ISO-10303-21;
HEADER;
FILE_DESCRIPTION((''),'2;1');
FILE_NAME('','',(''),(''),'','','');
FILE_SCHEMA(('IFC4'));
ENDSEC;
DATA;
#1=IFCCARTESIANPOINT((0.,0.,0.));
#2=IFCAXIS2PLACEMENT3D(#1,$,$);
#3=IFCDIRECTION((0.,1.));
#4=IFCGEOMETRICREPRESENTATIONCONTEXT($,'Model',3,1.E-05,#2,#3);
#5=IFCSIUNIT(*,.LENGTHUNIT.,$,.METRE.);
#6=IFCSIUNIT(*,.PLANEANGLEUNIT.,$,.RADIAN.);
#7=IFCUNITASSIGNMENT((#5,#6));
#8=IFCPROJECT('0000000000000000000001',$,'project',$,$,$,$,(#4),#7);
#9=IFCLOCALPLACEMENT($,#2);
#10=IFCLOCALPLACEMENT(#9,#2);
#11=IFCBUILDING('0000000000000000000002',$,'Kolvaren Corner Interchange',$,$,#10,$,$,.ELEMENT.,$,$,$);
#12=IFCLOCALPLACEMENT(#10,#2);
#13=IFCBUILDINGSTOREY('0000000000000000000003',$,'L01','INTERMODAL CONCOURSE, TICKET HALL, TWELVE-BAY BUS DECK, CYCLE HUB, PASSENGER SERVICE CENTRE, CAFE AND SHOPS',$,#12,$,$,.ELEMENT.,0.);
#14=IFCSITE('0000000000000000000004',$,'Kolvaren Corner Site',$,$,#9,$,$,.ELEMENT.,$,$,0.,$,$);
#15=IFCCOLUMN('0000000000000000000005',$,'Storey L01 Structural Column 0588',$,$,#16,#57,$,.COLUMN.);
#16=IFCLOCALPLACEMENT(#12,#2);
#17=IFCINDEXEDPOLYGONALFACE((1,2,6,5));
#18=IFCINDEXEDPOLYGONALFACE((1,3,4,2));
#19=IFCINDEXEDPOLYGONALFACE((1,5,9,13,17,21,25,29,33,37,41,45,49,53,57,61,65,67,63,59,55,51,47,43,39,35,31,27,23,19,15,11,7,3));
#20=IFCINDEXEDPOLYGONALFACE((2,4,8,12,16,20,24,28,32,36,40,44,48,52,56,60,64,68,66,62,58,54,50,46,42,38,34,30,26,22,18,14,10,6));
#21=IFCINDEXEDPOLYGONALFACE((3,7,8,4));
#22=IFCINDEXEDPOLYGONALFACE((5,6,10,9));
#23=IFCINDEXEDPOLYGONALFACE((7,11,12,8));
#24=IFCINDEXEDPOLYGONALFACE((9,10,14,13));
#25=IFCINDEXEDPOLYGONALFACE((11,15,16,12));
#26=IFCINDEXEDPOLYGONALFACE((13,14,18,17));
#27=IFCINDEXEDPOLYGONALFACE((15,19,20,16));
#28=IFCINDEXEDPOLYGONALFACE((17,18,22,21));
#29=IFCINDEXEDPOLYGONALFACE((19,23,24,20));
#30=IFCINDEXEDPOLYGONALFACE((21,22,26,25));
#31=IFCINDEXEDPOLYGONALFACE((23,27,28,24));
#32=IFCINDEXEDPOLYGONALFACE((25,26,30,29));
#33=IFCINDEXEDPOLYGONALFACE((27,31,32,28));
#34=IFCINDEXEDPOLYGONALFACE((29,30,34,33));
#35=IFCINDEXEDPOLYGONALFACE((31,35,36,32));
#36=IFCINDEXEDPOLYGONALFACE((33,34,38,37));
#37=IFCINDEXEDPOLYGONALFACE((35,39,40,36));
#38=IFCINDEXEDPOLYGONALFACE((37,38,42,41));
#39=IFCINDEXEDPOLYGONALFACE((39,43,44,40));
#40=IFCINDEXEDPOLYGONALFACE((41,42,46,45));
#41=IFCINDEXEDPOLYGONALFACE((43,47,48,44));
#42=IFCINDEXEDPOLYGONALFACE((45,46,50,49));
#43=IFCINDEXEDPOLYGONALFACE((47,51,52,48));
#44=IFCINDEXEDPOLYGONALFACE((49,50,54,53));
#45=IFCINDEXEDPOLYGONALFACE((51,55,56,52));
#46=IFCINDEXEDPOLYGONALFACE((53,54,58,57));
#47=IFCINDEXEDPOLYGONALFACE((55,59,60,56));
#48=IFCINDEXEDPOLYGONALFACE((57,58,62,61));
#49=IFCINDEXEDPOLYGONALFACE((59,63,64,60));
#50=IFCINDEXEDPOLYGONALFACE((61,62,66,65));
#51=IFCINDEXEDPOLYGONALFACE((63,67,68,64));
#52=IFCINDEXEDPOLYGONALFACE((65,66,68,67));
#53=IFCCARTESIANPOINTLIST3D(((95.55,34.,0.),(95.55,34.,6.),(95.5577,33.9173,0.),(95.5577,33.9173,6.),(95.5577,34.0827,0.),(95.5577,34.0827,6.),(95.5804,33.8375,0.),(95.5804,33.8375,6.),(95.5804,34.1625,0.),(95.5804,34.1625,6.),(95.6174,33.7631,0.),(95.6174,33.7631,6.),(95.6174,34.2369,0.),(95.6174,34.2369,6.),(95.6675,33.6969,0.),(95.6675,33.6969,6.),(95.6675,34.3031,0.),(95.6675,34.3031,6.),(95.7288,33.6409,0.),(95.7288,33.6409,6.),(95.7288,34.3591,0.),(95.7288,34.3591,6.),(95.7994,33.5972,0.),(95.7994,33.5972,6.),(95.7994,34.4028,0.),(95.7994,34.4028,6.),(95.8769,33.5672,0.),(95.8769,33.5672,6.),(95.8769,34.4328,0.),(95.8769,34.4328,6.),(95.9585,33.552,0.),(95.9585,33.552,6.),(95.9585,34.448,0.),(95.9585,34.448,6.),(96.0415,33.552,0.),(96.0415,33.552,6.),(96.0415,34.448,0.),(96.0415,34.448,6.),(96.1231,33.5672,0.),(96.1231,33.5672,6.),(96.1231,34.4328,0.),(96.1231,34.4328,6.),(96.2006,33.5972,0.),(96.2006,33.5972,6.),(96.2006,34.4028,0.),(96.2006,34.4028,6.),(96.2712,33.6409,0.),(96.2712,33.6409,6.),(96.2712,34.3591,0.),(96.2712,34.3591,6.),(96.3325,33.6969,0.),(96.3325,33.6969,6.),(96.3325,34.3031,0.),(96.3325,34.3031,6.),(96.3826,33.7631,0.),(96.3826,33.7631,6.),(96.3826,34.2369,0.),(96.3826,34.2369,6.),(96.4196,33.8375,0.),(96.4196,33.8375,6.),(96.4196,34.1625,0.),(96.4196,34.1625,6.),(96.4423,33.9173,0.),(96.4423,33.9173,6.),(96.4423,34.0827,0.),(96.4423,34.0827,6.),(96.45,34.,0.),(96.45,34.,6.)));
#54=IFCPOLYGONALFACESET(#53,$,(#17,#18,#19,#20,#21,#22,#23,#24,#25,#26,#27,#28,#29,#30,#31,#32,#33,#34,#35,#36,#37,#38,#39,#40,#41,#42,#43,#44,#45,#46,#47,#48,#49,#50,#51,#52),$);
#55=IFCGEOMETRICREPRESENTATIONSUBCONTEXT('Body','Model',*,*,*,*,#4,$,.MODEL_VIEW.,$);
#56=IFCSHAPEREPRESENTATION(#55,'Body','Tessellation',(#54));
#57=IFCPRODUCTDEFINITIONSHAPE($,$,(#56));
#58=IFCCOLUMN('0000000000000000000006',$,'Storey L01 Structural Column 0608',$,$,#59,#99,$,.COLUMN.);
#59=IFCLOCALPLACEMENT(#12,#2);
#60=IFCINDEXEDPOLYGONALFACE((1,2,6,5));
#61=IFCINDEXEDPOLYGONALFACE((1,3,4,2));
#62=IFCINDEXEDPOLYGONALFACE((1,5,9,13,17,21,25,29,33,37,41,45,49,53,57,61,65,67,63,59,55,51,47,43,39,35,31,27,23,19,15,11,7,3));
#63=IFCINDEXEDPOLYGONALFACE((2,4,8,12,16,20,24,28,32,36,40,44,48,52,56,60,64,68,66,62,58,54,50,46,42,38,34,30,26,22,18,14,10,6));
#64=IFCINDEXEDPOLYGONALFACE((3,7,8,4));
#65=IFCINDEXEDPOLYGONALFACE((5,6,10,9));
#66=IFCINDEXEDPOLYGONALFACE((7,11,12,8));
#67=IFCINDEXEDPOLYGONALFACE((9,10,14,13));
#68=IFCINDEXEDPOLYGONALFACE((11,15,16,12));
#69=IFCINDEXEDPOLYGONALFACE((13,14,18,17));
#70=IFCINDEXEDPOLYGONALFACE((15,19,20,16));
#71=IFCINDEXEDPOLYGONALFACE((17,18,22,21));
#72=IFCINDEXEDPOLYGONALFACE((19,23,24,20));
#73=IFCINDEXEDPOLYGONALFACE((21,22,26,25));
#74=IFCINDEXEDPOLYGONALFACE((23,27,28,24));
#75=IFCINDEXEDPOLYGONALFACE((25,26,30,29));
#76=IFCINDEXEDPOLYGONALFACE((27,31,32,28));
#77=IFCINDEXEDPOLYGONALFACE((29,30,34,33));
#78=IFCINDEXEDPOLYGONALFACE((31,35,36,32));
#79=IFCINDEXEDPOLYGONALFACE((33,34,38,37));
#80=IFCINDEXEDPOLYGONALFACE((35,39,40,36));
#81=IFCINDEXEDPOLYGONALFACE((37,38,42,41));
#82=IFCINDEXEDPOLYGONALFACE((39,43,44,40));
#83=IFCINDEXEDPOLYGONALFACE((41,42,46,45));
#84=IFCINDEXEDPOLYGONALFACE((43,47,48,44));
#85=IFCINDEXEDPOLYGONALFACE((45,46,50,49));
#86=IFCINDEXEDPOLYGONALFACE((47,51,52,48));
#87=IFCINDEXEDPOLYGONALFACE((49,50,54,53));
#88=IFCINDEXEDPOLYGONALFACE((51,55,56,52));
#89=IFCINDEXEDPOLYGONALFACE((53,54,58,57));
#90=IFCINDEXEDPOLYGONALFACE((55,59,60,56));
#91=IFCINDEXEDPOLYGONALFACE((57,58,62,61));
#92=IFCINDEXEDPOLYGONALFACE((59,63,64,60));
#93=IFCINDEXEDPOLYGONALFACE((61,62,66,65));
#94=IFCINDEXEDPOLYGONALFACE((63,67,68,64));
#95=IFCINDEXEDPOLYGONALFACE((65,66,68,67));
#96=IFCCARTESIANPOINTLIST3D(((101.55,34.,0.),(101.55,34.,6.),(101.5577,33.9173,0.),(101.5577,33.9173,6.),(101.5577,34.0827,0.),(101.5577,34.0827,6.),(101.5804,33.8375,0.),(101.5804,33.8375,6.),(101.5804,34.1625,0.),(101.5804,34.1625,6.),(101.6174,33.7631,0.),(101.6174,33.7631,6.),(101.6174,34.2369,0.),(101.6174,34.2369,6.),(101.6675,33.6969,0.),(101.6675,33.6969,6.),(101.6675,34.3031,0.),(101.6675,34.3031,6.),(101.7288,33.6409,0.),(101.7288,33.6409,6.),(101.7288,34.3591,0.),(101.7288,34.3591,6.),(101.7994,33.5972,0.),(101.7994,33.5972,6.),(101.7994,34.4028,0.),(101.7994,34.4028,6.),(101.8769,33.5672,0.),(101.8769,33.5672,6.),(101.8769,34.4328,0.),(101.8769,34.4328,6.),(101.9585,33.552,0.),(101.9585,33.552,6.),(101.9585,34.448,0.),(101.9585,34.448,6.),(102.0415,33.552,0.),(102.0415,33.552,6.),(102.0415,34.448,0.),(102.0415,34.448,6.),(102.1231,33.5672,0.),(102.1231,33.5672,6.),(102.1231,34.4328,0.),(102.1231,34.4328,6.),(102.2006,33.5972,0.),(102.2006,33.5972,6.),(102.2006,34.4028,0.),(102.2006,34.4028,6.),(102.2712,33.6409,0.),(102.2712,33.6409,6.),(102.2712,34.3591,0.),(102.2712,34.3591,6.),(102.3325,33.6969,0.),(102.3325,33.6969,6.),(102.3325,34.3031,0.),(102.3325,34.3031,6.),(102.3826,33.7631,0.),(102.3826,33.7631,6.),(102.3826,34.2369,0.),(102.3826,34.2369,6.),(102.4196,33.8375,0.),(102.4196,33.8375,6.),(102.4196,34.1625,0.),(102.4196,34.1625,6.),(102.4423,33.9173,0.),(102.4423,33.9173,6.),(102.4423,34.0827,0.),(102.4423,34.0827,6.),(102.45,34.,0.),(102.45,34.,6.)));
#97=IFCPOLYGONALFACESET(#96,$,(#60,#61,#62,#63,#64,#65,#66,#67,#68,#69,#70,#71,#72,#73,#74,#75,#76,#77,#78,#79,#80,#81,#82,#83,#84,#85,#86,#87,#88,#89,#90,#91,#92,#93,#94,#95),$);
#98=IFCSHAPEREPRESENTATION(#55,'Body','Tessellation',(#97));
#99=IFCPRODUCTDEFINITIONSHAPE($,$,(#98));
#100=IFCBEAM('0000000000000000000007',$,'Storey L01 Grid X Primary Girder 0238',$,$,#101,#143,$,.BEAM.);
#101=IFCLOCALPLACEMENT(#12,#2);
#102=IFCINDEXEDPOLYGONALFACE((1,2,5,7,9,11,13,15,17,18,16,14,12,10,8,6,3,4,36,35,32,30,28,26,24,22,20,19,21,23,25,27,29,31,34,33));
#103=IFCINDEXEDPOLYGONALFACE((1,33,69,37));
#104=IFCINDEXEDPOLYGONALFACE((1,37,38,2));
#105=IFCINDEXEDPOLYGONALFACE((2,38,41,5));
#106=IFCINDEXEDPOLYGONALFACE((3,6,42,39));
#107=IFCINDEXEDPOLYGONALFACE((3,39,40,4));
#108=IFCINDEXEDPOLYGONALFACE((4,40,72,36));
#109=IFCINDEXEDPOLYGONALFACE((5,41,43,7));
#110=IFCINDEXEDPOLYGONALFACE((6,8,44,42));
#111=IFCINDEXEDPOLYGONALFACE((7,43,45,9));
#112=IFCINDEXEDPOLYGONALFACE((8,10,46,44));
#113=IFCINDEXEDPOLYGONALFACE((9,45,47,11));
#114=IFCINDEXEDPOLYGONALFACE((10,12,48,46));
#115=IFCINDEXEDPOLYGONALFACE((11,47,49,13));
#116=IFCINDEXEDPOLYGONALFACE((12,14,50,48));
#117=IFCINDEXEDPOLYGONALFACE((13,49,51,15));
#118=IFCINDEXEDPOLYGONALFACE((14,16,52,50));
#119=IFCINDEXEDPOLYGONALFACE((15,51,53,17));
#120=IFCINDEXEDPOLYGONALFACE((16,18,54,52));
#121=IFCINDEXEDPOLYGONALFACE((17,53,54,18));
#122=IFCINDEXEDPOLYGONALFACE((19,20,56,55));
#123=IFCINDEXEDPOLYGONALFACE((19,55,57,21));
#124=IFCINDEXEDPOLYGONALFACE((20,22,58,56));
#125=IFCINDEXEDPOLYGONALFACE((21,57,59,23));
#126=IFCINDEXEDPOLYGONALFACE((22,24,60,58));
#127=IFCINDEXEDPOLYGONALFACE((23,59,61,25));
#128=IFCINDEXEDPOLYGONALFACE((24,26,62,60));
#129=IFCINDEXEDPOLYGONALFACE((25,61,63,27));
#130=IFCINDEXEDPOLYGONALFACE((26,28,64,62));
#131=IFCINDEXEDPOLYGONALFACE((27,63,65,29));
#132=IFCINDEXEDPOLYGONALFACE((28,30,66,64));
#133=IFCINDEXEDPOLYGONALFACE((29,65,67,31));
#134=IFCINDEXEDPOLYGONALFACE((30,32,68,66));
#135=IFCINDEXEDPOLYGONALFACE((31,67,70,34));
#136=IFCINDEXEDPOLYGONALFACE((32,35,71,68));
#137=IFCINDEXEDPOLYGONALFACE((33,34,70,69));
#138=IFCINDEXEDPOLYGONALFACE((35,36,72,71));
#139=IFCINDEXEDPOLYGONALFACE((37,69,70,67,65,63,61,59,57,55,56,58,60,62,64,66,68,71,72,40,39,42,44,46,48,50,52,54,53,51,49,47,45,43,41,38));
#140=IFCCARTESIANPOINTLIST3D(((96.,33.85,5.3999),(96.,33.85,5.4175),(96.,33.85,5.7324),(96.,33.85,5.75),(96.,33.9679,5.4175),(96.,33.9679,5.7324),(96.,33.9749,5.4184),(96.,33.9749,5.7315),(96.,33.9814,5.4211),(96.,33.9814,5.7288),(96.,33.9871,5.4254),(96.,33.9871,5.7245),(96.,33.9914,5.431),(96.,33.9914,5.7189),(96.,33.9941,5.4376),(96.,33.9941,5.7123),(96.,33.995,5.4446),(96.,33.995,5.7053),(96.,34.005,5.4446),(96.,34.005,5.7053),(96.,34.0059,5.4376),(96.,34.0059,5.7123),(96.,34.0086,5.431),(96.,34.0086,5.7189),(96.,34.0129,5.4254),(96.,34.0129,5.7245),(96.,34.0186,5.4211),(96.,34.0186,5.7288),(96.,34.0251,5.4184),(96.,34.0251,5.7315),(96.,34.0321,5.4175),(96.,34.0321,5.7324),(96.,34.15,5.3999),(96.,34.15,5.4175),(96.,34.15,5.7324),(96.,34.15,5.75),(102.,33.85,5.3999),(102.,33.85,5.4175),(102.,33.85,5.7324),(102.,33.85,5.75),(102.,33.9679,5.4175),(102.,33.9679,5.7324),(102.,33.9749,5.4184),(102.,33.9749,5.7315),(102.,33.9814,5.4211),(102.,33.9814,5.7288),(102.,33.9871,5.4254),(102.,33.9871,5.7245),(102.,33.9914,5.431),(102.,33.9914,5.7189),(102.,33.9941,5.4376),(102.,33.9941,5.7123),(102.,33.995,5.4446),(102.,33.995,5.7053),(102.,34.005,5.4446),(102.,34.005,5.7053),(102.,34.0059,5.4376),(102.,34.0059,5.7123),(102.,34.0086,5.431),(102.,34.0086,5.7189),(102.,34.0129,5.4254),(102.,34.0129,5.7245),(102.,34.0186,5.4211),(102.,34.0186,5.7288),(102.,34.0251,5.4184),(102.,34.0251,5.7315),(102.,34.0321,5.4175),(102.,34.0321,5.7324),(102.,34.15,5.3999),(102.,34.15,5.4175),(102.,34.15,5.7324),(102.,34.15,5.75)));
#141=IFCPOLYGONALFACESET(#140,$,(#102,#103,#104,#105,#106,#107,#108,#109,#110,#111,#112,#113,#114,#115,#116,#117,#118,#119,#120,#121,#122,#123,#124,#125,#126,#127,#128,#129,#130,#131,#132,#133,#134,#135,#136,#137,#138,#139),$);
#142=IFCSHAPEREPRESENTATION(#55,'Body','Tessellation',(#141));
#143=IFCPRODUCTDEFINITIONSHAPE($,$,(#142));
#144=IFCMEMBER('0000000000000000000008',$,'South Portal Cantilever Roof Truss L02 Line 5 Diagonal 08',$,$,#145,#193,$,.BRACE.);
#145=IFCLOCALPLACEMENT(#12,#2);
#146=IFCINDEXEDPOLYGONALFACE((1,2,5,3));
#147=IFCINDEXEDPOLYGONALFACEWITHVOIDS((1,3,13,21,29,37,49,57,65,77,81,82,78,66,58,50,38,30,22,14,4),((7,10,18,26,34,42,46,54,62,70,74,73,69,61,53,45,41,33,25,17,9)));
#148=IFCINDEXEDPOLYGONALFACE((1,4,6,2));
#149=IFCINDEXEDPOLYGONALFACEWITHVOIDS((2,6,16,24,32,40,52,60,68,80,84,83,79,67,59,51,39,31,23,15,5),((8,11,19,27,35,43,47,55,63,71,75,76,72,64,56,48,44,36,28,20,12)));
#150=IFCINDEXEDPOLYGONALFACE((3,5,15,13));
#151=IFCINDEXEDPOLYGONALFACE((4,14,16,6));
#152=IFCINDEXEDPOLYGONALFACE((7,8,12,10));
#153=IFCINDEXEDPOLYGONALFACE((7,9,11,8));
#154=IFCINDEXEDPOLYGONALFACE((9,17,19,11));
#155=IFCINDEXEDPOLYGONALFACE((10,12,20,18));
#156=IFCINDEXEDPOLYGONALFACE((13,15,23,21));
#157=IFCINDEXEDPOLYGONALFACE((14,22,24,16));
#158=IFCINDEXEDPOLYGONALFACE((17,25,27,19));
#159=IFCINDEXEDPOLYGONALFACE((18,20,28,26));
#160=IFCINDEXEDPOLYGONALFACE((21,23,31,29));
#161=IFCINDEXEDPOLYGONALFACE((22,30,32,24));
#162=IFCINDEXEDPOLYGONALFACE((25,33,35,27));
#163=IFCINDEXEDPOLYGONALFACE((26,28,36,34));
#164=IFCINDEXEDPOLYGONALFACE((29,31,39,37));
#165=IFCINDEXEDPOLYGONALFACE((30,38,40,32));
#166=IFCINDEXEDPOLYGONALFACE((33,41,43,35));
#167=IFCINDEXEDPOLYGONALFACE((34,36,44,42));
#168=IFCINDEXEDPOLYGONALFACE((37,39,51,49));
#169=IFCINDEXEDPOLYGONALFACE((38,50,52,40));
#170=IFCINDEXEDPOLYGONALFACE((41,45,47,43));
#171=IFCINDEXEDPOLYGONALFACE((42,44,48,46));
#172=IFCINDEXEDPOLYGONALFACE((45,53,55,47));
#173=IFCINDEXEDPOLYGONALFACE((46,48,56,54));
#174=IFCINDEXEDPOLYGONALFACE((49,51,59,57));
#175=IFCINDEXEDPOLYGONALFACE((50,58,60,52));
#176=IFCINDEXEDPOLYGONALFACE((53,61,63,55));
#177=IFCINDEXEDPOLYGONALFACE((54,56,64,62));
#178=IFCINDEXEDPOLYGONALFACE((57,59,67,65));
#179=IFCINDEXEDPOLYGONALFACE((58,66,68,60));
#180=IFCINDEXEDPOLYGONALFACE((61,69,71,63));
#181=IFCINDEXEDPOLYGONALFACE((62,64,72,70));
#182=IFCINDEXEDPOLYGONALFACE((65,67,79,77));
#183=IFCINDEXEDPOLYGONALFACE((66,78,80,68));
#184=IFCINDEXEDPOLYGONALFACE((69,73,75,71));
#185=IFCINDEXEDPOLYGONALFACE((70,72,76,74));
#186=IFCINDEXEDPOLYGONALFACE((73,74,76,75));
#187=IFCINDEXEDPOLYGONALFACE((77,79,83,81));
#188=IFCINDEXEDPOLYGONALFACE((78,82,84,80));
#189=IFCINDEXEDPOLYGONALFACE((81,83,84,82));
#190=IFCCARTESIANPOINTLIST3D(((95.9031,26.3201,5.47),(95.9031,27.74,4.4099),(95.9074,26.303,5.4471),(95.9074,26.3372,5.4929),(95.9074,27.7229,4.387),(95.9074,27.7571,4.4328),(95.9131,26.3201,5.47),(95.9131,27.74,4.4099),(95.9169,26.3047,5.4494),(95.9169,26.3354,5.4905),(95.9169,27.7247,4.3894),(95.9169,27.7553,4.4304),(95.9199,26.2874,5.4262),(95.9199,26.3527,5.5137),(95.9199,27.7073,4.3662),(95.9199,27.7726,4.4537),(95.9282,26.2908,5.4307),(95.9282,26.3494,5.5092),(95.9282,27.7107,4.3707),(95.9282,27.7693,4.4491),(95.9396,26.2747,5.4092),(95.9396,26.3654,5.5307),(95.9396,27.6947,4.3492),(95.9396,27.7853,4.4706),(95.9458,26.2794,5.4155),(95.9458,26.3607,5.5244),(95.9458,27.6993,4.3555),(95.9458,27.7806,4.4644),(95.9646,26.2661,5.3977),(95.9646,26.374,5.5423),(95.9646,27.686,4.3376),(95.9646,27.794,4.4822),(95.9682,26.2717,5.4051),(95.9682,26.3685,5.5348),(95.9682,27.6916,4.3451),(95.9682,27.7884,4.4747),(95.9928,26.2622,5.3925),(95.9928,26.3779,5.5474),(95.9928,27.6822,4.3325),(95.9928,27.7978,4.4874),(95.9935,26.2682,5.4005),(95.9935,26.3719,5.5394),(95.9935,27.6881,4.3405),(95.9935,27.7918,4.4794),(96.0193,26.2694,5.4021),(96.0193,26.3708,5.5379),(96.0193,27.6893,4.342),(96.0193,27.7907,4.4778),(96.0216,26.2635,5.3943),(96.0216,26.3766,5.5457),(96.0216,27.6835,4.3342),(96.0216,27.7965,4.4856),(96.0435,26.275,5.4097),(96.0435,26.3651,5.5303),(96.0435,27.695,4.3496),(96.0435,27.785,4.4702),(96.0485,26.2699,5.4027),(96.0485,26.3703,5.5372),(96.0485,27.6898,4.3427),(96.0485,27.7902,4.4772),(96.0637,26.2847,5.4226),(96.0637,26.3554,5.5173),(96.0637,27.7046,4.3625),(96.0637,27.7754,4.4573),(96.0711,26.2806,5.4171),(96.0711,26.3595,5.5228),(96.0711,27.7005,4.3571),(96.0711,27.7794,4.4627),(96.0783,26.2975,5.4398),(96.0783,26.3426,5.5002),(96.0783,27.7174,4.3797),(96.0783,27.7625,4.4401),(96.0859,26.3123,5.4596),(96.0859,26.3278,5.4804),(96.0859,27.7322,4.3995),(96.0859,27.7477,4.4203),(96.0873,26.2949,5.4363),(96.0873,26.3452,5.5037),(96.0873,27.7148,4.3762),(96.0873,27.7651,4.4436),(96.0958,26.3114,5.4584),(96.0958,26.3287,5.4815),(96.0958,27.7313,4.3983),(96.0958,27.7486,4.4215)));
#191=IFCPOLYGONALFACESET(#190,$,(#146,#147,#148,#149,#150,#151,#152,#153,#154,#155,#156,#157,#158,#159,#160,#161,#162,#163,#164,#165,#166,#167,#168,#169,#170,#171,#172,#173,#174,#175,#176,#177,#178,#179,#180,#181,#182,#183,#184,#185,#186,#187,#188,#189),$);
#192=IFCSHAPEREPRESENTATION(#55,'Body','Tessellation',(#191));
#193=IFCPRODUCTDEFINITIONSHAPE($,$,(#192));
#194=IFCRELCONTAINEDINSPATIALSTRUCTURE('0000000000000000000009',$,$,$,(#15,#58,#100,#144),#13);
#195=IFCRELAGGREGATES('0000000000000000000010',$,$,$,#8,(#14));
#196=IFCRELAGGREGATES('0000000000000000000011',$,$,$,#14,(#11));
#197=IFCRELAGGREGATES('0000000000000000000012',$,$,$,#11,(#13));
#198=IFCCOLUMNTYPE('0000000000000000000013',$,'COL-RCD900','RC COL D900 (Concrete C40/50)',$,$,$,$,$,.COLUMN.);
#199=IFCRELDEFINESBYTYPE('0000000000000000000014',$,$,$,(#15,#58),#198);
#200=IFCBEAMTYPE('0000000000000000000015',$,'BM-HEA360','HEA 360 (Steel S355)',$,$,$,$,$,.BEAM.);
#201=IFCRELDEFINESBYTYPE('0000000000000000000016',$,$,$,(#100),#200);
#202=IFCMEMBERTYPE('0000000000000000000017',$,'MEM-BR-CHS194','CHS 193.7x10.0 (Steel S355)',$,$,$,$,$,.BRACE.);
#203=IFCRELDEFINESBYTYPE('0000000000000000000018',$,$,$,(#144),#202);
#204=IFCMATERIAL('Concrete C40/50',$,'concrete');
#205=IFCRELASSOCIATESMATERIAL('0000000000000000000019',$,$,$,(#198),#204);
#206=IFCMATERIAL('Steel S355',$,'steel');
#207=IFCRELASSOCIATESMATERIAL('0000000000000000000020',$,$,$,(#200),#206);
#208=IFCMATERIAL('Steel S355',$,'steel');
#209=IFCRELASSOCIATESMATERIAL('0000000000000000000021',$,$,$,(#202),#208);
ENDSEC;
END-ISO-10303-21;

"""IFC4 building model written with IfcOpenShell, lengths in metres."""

from ifc_helpers import new_model, si_unit, direction, frame, origin, origin_2d, place, context, subcontext, project, spatial, circle, hollow_circle, i_section, extrude, material, material_profile, profile_set, type_object, element, save


model = new_model("IFC4")

# Units and contexts
model_context = context("Model", 3, precision=1e-05, world=origin(), true_north=direction((0.0, 1.0)))
body_context = subcontext(model_context, "Body", "Model", "MODEL_VIEW")
ifc_project = project(units=[si_unit("LENGTHUNIT", "METRE"), si_unit("PLANEANGLEUNIT", "RADIAN")], contexts=[model_context])

# Site, building, storey
site_placement = place(None, origin())
site = spatial("IfcSite", under=ifc_project, at=site_placement, Name="Kolvaren Corner Site", CompositionType="ELEMENT", RefElevation=0.0)
building_placement = place(site_placement, origin())
building = spatial("IfcBuilding", under=site, at=building_placement, Name="Kolvaren Corner Interchange", CompositionType="ELEMENT")
storey_placement = place(building_placement, origin())
storey = spatial("IfcBuildingStorey", under=building, at=storey_placement, Name="L01", Description="INTERMODAL CONCOURSE, TICKET HALL, TWELVE-BAY BUS DECK, CYCLE HUB, PASSENGER SERVICE CENTRE, CAFE AND SHOPS", CompositionType="ELEMENT", Elevation=0.0)

# Columns
ifc_material_1 = material(Name="Concrete C40/50", Category="concrete")
ifc_material_profile_1 = material_profile(ifc_material_1, circle(Radius=0.45, at=origin_2d()), Name="RC COL D900")
ifc_profile_set_1 = profile_set([ifc_material_profile_1], Name="Concrete C40/50")
column_type = type_object("IfcColumnType", Name="COL-RCD900", Description="RC COL D900 (Concrete C40/50)", PredefinedType="COLUMN", material=ifc_profile_set_1)
for number, where, z_axis, x_axis, name in (
    (1, (96.0, 34.0, 0.0), (0.0, 0.0, 1.0), (1.0, 0.0, 0.0), "Storey L01 Structural Column 0588"),
    (2, (102.0, 34.0, 0.0), (0.0, 0.0, 1.0), (1.0, 0.0, 0.0), "Storey L01 Structural Column 0608"),
):
    element("IfcColumn", number, at=place(storey_placement, frame(where, z_axis=z_axis, x_axis=x_axis)), inside=storey, type_object=column_type, Name=name, PredefinedType="COLUMN", context=body_context, shape_type="SweptSolid", body=[
        extrude(circle(Radius=0.45, at=origin_2d()), origin(), (0.0, 0.0, 1.0), 6.0),
    ])

# Beam
ifc_material_2 = material(Name="Steel S355", Category="steel")
ifc_material_profile_2 = material_profile(ifc_material_2, i_section(OverallWidth=0.3, OverallDepth=0.3501, WebThickness=0.01, FlangeThickness=0.0176, FilletRadius=0.0271, at=origin_2d()), Name="HEA 360")
ifc_profile_set_2 = profile_set([ifc_material_profile_2], Name="Steel S355")
beam_type = type_object("IfcBeamType", Name="BM-HEA360", Description="HEA 360 (Steel S355)", PredefinedType="BEAM", material=ifc_profile_set_2)
beam_placement = place(storey_placement, frame((96.0, 34.0, 5.575), z_axis=(1.0, 0.0, 0.0), x_axis=(0.0, 1.0, 0.0)))
element("IfcBeam", 3, at=beam_placement, inside=storey, type_object=beam_type, Name="Storey L01 Grid X Primary Girder 0238", PredefinedType="BEAM", context=body_context, shape_type="SweptSolid", body=[
    extrude(i_section(OverallWidth=0.3, OverallDepth=0.3501, WebThickness=0.01, FlangeThickness=0.0176, FilletRadius=0.0271, at=origin_2d()), origin(), (0.0, 0.0, 1.0), 6.0),
])

# Member
ifc_material_3 = material(Name="Steel S355", Category="steel")
ifc_material_profile_3 = material_profile(ifc_material_3, hollow_circle(Radius=0.0969, WallThickness=0.01, at=origin_2d()), Name="CHS 193.7x10.0")
ifc_profile_set_3 = profile_set([ifc_material_profile_3], Name="Steel S355")
member_type_1 = type_object("IfcMemberType", Name="MEM-BR-CHS194", Description="CHS 193.7x10.0 (Steel S355)", PredefinedType="BRACE", material=ifc_profile_set_3)
for number, where, z_axis, x_axis, name in (
    (4, (96.0, 26.3201, 5.47), (0.0, 0.801321, -0.598235), (-1.0, 0.0, 0.0), "South Portal Cantilever Roof Truss L02 Line 5 Diagonal 08"),
):
    element("IfcMember", number, at=place(storey_placement, frame(where, z_axis=z_axis, x_axis=x_axis)), inside=storey, type_object=member_type_1, Name=name, PredefinedType="BRACE", context=body_context, shape_type="SweptSolid", body=[
        extrude(hollow_circle(Radius=0.0969, WallThickness=0.01, at=origin_2d()), origin(), (0.0, 0.0, 1.0), 1.772),
    ])

save(model, "model.ifc")
